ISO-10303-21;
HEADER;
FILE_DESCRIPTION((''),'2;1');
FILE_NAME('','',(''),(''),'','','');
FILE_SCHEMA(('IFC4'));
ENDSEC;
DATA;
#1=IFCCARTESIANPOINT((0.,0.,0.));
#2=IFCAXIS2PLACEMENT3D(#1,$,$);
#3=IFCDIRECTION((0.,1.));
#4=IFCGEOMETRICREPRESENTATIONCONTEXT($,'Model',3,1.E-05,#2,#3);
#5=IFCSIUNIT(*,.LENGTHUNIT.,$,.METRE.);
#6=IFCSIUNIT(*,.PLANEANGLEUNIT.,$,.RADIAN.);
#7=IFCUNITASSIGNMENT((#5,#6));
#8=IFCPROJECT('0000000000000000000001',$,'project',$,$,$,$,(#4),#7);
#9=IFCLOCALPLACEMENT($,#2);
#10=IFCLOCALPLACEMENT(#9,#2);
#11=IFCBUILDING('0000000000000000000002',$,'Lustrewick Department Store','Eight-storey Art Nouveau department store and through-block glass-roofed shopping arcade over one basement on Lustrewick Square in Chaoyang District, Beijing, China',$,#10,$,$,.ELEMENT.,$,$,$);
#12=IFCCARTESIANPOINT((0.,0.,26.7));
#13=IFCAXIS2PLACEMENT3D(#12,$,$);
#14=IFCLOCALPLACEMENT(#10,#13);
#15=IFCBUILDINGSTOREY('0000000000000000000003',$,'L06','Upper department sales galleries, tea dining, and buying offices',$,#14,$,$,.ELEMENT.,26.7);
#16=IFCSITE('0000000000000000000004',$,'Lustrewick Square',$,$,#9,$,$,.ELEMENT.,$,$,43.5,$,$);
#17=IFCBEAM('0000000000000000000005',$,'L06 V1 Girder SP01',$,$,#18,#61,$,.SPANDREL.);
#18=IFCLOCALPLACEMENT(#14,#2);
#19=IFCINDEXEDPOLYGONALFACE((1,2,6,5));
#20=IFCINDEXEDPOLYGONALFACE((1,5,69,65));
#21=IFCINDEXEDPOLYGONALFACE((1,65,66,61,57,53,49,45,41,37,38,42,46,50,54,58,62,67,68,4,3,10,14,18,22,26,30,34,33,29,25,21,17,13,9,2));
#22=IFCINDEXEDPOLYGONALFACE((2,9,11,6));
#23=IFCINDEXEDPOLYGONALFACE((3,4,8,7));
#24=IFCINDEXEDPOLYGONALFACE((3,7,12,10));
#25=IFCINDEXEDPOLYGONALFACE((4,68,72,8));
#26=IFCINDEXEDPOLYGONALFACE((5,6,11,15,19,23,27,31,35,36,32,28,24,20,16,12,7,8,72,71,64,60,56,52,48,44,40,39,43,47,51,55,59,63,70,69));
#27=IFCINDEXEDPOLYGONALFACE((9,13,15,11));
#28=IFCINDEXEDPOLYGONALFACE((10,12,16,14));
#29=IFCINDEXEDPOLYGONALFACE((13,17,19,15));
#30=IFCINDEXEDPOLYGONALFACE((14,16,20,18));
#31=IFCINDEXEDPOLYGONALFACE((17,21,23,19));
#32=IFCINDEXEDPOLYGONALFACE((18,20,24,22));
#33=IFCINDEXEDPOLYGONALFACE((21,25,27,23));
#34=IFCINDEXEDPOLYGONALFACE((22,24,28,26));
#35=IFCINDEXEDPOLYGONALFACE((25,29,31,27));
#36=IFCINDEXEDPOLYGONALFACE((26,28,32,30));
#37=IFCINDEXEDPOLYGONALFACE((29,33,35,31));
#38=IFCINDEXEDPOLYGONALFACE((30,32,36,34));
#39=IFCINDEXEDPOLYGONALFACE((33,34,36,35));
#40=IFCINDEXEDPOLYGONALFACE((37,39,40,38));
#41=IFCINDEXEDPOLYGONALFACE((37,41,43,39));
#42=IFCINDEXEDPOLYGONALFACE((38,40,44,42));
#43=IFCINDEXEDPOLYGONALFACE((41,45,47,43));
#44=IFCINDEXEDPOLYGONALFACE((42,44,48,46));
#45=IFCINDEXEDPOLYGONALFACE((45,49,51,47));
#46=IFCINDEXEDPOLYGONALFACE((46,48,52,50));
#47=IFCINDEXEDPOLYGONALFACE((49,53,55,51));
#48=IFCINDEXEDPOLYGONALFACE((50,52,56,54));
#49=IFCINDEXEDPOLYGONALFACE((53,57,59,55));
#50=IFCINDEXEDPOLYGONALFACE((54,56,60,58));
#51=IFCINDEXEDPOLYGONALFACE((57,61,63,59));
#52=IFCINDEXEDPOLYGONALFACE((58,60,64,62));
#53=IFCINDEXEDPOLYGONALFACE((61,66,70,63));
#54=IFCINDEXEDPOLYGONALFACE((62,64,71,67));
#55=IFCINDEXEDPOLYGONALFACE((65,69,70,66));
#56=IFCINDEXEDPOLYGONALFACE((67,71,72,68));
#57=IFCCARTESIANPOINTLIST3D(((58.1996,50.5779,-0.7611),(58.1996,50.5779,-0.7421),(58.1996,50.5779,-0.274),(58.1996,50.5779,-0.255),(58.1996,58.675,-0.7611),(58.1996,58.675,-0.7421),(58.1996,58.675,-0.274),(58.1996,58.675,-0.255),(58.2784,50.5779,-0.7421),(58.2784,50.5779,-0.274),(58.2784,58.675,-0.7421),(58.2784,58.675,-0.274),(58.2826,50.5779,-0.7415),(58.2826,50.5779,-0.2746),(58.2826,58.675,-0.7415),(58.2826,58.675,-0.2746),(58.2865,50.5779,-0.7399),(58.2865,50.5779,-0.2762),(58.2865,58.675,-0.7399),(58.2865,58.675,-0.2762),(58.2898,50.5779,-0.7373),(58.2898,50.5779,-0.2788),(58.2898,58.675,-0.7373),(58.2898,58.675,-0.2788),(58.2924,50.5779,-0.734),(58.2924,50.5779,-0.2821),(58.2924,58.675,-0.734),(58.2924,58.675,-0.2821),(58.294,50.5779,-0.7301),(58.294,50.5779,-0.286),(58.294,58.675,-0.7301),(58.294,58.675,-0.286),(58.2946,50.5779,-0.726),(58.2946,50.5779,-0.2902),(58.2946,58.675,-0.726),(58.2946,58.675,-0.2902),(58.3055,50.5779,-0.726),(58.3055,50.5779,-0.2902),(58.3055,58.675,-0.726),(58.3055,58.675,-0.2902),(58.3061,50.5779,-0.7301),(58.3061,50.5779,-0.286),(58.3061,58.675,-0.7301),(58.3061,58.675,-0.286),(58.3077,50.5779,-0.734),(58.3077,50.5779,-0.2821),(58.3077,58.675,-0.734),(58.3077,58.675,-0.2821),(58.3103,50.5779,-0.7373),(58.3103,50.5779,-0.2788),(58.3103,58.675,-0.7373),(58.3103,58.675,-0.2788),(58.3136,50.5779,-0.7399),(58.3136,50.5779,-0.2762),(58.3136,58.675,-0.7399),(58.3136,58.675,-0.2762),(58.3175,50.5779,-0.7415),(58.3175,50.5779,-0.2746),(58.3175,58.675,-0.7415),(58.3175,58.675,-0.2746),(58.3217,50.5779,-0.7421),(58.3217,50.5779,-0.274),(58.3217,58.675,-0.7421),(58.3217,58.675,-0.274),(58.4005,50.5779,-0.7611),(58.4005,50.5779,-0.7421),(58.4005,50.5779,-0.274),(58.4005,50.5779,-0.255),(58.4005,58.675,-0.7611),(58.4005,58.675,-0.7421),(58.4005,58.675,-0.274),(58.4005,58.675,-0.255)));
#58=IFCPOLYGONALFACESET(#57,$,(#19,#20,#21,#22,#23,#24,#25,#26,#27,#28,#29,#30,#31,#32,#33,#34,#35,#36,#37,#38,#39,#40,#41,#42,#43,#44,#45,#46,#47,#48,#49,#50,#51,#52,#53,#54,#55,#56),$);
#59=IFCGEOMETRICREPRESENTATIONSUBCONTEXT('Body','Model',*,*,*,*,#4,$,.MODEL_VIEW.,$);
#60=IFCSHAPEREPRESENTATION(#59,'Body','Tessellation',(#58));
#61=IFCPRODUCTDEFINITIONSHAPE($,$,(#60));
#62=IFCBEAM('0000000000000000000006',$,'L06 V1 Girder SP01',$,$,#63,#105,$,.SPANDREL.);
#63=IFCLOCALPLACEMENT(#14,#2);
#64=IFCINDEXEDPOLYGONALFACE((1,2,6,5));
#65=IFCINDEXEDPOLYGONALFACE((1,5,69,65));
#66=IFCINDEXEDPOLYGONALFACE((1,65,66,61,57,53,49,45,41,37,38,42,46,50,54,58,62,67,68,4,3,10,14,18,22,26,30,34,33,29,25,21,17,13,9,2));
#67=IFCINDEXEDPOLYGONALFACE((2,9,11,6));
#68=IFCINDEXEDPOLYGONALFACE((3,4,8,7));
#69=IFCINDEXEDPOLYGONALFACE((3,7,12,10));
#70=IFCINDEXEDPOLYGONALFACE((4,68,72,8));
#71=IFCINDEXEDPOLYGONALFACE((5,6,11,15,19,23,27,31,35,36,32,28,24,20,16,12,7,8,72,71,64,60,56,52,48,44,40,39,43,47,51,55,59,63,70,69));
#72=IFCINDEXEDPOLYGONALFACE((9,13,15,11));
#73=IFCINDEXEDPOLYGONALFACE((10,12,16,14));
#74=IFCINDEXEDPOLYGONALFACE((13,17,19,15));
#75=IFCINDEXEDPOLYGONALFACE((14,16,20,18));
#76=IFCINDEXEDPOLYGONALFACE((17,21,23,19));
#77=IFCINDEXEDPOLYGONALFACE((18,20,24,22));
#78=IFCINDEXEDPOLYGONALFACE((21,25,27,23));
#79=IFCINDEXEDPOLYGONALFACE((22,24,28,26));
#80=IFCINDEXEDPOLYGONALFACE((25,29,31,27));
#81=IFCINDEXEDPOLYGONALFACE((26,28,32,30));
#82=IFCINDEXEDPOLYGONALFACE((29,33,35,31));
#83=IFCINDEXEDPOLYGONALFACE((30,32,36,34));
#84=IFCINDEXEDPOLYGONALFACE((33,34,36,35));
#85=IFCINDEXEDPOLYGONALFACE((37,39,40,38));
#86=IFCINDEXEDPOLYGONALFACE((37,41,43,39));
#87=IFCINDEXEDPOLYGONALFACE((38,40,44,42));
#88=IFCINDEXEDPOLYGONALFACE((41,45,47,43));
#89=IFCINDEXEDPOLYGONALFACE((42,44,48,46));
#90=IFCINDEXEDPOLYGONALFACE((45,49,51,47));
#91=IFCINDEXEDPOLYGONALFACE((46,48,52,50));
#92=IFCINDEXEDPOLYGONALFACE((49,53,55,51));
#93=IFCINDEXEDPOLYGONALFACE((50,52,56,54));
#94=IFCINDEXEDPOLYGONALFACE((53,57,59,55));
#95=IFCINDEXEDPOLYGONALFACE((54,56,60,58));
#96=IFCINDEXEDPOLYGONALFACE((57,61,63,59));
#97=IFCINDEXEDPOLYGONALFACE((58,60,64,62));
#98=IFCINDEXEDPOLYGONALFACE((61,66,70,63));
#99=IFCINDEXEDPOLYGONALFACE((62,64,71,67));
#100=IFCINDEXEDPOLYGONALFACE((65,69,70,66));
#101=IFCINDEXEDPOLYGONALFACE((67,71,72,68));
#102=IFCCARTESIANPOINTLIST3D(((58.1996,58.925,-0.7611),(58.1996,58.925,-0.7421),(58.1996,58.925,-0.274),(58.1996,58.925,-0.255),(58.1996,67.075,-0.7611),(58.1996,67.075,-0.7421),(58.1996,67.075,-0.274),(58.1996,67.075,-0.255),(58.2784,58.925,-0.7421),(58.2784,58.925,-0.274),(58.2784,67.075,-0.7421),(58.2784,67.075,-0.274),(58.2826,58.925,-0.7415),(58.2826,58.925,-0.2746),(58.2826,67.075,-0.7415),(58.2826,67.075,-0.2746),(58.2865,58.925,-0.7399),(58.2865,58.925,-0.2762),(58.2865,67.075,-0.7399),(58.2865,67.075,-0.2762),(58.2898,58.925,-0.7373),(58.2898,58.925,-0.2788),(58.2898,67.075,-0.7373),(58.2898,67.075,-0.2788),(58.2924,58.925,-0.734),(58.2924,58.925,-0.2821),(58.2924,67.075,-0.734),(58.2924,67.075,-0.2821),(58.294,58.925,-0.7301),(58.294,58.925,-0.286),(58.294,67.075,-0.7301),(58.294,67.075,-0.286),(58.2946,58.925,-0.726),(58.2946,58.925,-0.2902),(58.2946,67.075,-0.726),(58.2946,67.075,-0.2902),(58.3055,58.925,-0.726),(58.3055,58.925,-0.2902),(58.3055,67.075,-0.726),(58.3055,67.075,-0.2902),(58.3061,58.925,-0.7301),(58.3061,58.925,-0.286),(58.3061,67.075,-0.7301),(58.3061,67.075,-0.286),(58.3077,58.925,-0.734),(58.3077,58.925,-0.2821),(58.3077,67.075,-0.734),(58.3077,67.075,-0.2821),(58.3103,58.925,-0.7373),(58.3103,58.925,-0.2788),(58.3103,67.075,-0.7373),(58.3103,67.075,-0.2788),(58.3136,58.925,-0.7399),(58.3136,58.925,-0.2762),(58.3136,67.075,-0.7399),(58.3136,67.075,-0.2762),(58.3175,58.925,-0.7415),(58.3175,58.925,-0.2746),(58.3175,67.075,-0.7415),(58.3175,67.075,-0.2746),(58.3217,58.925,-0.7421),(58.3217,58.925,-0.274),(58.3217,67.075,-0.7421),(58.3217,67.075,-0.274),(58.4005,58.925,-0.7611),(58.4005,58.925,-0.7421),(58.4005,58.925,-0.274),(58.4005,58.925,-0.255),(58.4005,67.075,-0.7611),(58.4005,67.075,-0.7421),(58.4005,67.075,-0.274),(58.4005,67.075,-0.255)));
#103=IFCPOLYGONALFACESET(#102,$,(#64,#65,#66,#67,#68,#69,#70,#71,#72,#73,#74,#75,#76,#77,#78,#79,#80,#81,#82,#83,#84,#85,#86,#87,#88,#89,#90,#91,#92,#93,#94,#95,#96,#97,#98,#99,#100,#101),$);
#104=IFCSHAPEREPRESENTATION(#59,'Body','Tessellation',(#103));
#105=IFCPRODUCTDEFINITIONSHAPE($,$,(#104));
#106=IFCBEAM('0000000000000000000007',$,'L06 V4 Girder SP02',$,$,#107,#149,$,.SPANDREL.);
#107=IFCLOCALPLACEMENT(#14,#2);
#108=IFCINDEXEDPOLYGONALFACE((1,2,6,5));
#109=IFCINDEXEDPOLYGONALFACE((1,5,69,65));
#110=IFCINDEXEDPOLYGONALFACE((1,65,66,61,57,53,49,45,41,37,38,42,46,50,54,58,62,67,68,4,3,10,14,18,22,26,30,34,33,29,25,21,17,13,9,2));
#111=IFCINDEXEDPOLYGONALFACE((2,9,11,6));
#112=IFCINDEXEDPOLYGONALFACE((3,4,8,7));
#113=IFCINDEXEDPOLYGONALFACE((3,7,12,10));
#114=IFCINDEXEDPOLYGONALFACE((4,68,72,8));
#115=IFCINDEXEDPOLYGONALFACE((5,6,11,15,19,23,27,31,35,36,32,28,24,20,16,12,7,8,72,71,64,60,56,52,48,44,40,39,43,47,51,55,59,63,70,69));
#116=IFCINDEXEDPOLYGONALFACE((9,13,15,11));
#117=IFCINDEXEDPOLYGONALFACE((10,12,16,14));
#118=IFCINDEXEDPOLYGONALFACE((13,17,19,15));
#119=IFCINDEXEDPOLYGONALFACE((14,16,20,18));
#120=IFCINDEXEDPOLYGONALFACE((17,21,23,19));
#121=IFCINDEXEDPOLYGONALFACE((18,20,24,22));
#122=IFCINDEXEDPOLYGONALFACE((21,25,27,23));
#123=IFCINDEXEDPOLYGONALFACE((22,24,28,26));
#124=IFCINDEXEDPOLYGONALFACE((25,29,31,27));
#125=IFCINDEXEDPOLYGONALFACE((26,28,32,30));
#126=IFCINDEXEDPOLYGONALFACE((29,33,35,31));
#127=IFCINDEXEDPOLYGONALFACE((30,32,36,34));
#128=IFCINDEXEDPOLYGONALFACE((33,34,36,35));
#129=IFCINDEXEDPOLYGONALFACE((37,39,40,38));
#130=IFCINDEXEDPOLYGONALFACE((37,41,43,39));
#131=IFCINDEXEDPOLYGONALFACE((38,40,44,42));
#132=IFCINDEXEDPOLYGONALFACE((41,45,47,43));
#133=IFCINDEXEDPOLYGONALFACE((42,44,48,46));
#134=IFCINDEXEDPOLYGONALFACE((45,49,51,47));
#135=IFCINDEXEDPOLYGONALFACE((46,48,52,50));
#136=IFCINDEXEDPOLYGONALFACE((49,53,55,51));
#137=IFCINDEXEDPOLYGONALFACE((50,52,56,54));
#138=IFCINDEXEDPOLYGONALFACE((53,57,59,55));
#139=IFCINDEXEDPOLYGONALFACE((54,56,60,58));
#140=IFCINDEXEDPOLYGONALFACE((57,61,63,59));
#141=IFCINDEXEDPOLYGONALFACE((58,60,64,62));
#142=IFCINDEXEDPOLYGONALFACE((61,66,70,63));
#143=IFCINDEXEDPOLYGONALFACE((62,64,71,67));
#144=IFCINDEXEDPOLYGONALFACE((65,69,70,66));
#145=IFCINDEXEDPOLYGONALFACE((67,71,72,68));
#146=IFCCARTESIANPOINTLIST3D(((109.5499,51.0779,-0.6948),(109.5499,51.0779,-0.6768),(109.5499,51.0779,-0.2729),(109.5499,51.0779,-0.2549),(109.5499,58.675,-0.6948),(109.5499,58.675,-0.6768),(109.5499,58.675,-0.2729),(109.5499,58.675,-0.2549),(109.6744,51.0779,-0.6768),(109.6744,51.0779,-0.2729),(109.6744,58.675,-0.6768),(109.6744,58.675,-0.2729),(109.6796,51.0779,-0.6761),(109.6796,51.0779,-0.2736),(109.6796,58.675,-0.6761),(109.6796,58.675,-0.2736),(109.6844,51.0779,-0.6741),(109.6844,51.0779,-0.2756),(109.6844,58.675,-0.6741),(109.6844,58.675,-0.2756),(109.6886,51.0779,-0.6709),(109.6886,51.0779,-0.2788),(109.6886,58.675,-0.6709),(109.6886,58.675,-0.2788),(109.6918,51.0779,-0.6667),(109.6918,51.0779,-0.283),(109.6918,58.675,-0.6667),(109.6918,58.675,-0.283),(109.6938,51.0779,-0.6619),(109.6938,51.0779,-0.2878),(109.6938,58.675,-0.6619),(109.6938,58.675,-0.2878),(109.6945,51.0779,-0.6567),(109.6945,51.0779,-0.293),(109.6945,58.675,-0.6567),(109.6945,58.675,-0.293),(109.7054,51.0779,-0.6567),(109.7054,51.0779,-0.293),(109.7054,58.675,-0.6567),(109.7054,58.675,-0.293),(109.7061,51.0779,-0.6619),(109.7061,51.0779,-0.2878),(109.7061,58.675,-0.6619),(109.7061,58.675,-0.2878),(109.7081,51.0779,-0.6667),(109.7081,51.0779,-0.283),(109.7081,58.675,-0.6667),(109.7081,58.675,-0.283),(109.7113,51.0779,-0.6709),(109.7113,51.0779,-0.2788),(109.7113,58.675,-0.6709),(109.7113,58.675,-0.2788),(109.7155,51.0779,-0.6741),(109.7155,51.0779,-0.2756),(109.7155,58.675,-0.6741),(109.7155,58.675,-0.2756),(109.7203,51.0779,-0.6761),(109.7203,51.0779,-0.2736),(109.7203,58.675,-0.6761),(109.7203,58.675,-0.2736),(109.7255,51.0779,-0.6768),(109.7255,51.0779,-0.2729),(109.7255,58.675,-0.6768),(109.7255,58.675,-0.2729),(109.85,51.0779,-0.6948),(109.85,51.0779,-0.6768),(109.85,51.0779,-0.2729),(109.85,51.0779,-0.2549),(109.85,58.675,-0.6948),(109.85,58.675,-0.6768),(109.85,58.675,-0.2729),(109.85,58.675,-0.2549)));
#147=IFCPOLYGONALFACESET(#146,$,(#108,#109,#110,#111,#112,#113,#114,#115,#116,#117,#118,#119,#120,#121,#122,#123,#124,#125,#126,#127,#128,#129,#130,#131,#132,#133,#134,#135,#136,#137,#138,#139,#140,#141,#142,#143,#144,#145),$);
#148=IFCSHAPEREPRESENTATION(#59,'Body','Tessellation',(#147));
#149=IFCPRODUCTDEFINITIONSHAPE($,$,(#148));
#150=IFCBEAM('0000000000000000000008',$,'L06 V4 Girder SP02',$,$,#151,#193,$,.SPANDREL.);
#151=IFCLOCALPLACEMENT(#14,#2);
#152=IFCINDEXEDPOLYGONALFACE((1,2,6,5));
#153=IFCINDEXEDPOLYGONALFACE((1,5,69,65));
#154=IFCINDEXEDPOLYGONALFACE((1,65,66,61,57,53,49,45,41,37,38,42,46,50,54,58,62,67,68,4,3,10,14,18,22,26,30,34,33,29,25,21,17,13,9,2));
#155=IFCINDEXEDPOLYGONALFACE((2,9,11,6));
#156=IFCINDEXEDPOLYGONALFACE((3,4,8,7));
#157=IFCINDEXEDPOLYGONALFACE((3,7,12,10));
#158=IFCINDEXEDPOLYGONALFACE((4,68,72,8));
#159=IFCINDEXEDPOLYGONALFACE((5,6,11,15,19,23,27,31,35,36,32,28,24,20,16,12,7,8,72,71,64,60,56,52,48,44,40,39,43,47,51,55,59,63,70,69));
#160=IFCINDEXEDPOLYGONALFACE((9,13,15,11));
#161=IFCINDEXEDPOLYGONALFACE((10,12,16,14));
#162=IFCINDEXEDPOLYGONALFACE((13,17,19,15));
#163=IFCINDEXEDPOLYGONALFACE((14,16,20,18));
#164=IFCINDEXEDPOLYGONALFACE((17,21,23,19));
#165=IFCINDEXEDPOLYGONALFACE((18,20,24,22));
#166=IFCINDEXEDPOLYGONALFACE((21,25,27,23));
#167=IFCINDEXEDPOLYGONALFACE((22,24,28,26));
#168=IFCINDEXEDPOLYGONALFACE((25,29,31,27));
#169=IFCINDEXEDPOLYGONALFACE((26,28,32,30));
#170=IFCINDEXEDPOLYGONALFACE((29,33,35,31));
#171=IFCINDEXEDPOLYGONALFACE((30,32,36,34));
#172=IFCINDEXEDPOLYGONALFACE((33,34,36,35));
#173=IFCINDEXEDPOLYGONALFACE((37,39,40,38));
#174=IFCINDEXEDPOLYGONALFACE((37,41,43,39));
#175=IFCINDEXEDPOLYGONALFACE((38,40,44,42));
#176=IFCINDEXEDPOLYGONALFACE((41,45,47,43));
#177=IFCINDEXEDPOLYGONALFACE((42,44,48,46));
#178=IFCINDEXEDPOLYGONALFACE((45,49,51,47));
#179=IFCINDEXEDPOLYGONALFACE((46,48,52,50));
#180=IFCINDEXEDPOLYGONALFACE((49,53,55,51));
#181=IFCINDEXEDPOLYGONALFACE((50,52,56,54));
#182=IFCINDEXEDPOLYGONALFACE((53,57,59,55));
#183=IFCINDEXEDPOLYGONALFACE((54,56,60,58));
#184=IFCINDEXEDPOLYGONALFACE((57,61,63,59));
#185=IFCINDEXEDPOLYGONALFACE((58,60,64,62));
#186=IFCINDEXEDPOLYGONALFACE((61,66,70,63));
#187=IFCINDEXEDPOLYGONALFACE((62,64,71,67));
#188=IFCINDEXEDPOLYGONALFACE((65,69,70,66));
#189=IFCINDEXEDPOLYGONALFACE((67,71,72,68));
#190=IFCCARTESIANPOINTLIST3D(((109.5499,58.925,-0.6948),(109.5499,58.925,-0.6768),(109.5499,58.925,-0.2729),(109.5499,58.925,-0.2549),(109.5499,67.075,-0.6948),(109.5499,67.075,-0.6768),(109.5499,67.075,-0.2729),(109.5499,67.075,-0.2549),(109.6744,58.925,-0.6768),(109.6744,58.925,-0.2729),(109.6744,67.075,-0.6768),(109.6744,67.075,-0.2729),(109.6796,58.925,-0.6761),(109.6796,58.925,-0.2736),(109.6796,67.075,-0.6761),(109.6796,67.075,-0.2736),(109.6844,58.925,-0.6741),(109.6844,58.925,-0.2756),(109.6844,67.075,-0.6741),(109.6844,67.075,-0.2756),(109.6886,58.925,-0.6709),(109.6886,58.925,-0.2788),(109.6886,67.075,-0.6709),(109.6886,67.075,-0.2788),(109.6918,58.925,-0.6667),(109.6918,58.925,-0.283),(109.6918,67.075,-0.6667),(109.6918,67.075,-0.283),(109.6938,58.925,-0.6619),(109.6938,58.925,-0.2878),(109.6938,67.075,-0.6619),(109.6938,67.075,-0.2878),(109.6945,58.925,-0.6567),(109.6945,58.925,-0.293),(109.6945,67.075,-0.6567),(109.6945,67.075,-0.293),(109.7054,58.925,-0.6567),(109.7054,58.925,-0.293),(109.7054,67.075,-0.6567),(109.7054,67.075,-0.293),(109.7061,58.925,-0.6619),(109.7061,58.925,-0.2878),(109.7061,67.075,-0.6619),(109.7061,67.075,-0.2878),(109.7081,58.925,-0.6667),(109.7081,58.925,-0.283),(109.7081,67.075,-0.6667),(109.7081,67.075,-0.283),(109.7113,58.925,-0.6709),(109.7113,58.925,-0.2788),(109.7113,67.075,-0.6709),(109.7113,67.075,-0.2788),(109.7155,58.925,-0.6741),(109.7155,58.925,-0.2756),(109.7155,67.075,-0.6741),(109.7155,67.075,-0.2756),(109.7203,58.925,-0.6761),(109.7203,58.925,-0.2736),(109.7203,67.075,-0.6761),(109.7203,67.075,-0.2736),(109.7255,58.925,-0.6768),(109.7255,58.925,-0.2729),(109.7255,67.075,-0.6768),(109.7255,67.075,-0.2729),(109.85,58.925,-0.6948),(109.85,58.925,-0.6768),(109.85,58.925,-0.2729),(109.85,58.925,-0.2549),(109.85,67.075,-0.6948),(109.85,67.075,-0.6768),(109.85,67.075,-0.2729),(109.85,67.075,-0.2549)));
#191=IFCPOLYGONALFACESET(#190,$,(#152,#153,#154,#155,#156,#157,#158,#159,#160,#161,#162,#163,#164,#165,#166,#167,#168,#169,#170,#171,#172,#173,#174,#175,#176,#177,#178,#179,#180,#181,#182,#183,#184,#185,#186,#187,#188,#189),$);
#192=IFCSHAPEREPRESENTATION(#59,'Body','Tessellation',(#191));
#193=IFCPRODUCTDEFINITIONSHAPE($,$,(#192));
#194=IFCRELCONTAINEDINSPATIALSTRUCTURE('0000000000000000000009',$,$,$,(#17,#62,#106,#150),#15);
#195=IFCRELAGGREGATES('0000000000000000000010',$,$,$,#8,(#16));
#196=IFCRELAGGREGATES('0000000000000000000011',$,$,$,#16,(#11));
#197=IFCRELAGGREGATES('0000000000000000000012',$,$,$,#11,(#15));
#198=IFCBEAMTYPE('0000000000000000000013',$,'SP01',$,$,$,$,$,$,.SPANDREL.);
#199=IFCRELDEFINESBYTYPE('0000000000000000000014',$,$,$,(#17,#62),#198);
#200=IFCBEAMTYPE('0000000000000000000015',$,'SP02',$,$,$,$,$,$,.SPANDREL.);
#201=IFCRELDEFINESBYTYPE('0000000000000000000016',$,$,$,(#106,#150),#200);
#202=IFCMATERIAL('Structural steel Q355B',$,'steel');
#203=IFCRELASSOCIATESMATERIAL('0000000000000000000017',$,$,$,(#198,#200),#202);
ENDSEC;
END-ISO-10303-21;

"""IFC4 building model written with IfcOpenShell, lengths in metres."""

from ifc_helpers import new_model, si_unit, direction, frame, origin, origin_2d, place, context, subcontext, project, spatial, i_section, extrude, material, material_profile, profile_set, type_object, element, save


model = new_model("IFC4")

# Units and contexts
model_context = context("Model", 3, precision=1e-05, world=origin(), true_north=direction((0.0, 1.0)))
body_context = subcontext(model_context, "Body", "Model", "MODEL_VIEW")
ifc_project = project(units=[si_unit("LENGTHUNIT", "METRE"), si_unit("PLANEANGLEUNIT", "RADIAN")], contexts=[model_context])

# Site, building, storey
site_placement = place(None, origin())
site = spatial("IfcSite", under=ifc_project, at=site_placement, Name="Lustrewick Square", CompositionType="ELEMENT", RefElevation=43.5)
building_placement = place(site_placement, origin())
building = spatial("IfcBuilding", under=site, at=building_placement, Name="Lustrewick Department Store", Description="Eight-storey Art Nouveau department store and through-block glass-roofed shopping arcade over one basement on Lustrewick Square in Chaoyang District, Beijing, China", CompositionType="ELEMENT")
storey_placement = place(building_placement, frame((0.0, 0.0, 26.7)))
storey = spatial("IfcBuildingStorey", under=building, at=storey_placement, Name="L06", Description="Upper department sales galleries, tea dining, and buying offices", CompositionType="ELEMENT", Elevation=26.7)

# Shared definitions
ifc_material_1 = material(Name="Structural steel Q355B", Category="steel")

# Beams
ifc_material_profile_1 = material_profile(ifc_material_1, i_section(OverallWidth=0.2009, OverallDepth=0.5061, WebThickness=0.011, FlangeThickness=0.019, FilletRadius=0.0161, at=origin_2d()), Name="HN 506x201x11x19")
ifc_profile_set_1 = profile_set([ifc_material_profile_1], Name="Structural steel Q355B")
beam_type_1 = type_object("IfcBeamType", Name="SP01", PredefinedType="SPANDREL", material=ifc_profile_set_1)
beam_1_placement = place(storey_placement, frame((58.3, 50.5779, -0.5081), z_axis=(0.0, 1.0, 0.0), x_axis=(-1.0, 0.0, 0.0)))
element("IfcBeam", 1, at=beam_1_placement, inside=storey, type_object=beam_type_1, Name="L06 V1 Girder SP01", PredefinedType="SPANDREL", context=body_context, shape_type="SweptSolid", body=[
    extrude(i_section(OverallWidth=0.2009, OverallDepth=0.5061, WebThickness=0.011, FlangeThickness=0.019, FilletRadius=0.0161, at=origin_2d()), origin(), (0.0, 0.0, 1.0), 8.0972),
])
beam_2_placement = place(storey_placement, frame((58.3, 58.925, -0.5081), z_axis=(0.0, 1.0, 0.0), x_axis=(-1.0, 0.0, 0.0)))
element("IfcBeam", 2, at=beam_2_placement, inside=storey, type_object=beam_type_1, Name="L06 V1 Girder SP01", PredefinedType="SPANDREL", context=body_context, shape_type="SweptSolid", body=[
    extrude(i_section(OverallWidth=0.2009, OverallDepth=0.5061, WebThickness=0.011, FlangeThickness=0.019, FilletRadius=0.0161, at=origin_2d()), origin(), (0.0, 0.0, 1.0), 8.1499),
])
ifc_material_profile_2 = material_profile(ifc_material_1, i_section(OverallWidth=0.3, OverallDepth=0.4399, WebThickness=0.011, FlangeThickness=0.0181, FilletRadius=0.02, at=origin_2d()), Name="HM 440x300x11x18")
ifc_profile_set_2 = profile_set([ifc_material_profile_2], Name="Structural steel Q355B")
beam_type_2 = type_object("IfcBeamType", Name="SP02", PredefinedType="SPANDREL", material=ifc_profile_set_2)
beam_3_placement = place(storey_placement, frame((109.7, 51.0779, -0.4749), z_axis=(0.0, 1.0, 0.0), x_axis=(-1.0, 0.0, 0.0)))
element("IfcBeam", 3, at=beam_3_placement, inside=storey, type_object=beam_type_2, Name="L06 V4 Girder SP02", PredefinedType="SPANDREL", context=body_context, shape_type="SweptSolid", body=[
    extrude(i_section(OverallWidth=0.3, OverallDepth=0.4399, WebThickness=0.011, FlangeThickness=0.0181, FilletRadius=0.02, at=origin_2d()), origin(), (0.0, 0.0, 1.0), 7.5972),
])
beam_4_placement = place(storey_placement, frame((109.7, 58.925, -0.4749), z_axis=(0.0, 1.0, 0.0), x_axis=(-1.0, 0.0, 0.0)))
element("IfcBeam", 4, at=beam_4_placement, inside=storey, type_object=beam_type_2, Name="L06 V4 Girder SP02", PredefinedType="SPANDREL", context=body_context, shape_type="SweptSolid", body=[
    extrude(i_section(OverallWidth=0.3, OverallDepth=0.4399, WebThickness=0.011, FlangeThickness=0.0181, FilletRadius=0.02, at=origin_2d()), origin(), (0.0, 0.0, 1.0), 8.1499),
])

save(model, "model.ifc")
